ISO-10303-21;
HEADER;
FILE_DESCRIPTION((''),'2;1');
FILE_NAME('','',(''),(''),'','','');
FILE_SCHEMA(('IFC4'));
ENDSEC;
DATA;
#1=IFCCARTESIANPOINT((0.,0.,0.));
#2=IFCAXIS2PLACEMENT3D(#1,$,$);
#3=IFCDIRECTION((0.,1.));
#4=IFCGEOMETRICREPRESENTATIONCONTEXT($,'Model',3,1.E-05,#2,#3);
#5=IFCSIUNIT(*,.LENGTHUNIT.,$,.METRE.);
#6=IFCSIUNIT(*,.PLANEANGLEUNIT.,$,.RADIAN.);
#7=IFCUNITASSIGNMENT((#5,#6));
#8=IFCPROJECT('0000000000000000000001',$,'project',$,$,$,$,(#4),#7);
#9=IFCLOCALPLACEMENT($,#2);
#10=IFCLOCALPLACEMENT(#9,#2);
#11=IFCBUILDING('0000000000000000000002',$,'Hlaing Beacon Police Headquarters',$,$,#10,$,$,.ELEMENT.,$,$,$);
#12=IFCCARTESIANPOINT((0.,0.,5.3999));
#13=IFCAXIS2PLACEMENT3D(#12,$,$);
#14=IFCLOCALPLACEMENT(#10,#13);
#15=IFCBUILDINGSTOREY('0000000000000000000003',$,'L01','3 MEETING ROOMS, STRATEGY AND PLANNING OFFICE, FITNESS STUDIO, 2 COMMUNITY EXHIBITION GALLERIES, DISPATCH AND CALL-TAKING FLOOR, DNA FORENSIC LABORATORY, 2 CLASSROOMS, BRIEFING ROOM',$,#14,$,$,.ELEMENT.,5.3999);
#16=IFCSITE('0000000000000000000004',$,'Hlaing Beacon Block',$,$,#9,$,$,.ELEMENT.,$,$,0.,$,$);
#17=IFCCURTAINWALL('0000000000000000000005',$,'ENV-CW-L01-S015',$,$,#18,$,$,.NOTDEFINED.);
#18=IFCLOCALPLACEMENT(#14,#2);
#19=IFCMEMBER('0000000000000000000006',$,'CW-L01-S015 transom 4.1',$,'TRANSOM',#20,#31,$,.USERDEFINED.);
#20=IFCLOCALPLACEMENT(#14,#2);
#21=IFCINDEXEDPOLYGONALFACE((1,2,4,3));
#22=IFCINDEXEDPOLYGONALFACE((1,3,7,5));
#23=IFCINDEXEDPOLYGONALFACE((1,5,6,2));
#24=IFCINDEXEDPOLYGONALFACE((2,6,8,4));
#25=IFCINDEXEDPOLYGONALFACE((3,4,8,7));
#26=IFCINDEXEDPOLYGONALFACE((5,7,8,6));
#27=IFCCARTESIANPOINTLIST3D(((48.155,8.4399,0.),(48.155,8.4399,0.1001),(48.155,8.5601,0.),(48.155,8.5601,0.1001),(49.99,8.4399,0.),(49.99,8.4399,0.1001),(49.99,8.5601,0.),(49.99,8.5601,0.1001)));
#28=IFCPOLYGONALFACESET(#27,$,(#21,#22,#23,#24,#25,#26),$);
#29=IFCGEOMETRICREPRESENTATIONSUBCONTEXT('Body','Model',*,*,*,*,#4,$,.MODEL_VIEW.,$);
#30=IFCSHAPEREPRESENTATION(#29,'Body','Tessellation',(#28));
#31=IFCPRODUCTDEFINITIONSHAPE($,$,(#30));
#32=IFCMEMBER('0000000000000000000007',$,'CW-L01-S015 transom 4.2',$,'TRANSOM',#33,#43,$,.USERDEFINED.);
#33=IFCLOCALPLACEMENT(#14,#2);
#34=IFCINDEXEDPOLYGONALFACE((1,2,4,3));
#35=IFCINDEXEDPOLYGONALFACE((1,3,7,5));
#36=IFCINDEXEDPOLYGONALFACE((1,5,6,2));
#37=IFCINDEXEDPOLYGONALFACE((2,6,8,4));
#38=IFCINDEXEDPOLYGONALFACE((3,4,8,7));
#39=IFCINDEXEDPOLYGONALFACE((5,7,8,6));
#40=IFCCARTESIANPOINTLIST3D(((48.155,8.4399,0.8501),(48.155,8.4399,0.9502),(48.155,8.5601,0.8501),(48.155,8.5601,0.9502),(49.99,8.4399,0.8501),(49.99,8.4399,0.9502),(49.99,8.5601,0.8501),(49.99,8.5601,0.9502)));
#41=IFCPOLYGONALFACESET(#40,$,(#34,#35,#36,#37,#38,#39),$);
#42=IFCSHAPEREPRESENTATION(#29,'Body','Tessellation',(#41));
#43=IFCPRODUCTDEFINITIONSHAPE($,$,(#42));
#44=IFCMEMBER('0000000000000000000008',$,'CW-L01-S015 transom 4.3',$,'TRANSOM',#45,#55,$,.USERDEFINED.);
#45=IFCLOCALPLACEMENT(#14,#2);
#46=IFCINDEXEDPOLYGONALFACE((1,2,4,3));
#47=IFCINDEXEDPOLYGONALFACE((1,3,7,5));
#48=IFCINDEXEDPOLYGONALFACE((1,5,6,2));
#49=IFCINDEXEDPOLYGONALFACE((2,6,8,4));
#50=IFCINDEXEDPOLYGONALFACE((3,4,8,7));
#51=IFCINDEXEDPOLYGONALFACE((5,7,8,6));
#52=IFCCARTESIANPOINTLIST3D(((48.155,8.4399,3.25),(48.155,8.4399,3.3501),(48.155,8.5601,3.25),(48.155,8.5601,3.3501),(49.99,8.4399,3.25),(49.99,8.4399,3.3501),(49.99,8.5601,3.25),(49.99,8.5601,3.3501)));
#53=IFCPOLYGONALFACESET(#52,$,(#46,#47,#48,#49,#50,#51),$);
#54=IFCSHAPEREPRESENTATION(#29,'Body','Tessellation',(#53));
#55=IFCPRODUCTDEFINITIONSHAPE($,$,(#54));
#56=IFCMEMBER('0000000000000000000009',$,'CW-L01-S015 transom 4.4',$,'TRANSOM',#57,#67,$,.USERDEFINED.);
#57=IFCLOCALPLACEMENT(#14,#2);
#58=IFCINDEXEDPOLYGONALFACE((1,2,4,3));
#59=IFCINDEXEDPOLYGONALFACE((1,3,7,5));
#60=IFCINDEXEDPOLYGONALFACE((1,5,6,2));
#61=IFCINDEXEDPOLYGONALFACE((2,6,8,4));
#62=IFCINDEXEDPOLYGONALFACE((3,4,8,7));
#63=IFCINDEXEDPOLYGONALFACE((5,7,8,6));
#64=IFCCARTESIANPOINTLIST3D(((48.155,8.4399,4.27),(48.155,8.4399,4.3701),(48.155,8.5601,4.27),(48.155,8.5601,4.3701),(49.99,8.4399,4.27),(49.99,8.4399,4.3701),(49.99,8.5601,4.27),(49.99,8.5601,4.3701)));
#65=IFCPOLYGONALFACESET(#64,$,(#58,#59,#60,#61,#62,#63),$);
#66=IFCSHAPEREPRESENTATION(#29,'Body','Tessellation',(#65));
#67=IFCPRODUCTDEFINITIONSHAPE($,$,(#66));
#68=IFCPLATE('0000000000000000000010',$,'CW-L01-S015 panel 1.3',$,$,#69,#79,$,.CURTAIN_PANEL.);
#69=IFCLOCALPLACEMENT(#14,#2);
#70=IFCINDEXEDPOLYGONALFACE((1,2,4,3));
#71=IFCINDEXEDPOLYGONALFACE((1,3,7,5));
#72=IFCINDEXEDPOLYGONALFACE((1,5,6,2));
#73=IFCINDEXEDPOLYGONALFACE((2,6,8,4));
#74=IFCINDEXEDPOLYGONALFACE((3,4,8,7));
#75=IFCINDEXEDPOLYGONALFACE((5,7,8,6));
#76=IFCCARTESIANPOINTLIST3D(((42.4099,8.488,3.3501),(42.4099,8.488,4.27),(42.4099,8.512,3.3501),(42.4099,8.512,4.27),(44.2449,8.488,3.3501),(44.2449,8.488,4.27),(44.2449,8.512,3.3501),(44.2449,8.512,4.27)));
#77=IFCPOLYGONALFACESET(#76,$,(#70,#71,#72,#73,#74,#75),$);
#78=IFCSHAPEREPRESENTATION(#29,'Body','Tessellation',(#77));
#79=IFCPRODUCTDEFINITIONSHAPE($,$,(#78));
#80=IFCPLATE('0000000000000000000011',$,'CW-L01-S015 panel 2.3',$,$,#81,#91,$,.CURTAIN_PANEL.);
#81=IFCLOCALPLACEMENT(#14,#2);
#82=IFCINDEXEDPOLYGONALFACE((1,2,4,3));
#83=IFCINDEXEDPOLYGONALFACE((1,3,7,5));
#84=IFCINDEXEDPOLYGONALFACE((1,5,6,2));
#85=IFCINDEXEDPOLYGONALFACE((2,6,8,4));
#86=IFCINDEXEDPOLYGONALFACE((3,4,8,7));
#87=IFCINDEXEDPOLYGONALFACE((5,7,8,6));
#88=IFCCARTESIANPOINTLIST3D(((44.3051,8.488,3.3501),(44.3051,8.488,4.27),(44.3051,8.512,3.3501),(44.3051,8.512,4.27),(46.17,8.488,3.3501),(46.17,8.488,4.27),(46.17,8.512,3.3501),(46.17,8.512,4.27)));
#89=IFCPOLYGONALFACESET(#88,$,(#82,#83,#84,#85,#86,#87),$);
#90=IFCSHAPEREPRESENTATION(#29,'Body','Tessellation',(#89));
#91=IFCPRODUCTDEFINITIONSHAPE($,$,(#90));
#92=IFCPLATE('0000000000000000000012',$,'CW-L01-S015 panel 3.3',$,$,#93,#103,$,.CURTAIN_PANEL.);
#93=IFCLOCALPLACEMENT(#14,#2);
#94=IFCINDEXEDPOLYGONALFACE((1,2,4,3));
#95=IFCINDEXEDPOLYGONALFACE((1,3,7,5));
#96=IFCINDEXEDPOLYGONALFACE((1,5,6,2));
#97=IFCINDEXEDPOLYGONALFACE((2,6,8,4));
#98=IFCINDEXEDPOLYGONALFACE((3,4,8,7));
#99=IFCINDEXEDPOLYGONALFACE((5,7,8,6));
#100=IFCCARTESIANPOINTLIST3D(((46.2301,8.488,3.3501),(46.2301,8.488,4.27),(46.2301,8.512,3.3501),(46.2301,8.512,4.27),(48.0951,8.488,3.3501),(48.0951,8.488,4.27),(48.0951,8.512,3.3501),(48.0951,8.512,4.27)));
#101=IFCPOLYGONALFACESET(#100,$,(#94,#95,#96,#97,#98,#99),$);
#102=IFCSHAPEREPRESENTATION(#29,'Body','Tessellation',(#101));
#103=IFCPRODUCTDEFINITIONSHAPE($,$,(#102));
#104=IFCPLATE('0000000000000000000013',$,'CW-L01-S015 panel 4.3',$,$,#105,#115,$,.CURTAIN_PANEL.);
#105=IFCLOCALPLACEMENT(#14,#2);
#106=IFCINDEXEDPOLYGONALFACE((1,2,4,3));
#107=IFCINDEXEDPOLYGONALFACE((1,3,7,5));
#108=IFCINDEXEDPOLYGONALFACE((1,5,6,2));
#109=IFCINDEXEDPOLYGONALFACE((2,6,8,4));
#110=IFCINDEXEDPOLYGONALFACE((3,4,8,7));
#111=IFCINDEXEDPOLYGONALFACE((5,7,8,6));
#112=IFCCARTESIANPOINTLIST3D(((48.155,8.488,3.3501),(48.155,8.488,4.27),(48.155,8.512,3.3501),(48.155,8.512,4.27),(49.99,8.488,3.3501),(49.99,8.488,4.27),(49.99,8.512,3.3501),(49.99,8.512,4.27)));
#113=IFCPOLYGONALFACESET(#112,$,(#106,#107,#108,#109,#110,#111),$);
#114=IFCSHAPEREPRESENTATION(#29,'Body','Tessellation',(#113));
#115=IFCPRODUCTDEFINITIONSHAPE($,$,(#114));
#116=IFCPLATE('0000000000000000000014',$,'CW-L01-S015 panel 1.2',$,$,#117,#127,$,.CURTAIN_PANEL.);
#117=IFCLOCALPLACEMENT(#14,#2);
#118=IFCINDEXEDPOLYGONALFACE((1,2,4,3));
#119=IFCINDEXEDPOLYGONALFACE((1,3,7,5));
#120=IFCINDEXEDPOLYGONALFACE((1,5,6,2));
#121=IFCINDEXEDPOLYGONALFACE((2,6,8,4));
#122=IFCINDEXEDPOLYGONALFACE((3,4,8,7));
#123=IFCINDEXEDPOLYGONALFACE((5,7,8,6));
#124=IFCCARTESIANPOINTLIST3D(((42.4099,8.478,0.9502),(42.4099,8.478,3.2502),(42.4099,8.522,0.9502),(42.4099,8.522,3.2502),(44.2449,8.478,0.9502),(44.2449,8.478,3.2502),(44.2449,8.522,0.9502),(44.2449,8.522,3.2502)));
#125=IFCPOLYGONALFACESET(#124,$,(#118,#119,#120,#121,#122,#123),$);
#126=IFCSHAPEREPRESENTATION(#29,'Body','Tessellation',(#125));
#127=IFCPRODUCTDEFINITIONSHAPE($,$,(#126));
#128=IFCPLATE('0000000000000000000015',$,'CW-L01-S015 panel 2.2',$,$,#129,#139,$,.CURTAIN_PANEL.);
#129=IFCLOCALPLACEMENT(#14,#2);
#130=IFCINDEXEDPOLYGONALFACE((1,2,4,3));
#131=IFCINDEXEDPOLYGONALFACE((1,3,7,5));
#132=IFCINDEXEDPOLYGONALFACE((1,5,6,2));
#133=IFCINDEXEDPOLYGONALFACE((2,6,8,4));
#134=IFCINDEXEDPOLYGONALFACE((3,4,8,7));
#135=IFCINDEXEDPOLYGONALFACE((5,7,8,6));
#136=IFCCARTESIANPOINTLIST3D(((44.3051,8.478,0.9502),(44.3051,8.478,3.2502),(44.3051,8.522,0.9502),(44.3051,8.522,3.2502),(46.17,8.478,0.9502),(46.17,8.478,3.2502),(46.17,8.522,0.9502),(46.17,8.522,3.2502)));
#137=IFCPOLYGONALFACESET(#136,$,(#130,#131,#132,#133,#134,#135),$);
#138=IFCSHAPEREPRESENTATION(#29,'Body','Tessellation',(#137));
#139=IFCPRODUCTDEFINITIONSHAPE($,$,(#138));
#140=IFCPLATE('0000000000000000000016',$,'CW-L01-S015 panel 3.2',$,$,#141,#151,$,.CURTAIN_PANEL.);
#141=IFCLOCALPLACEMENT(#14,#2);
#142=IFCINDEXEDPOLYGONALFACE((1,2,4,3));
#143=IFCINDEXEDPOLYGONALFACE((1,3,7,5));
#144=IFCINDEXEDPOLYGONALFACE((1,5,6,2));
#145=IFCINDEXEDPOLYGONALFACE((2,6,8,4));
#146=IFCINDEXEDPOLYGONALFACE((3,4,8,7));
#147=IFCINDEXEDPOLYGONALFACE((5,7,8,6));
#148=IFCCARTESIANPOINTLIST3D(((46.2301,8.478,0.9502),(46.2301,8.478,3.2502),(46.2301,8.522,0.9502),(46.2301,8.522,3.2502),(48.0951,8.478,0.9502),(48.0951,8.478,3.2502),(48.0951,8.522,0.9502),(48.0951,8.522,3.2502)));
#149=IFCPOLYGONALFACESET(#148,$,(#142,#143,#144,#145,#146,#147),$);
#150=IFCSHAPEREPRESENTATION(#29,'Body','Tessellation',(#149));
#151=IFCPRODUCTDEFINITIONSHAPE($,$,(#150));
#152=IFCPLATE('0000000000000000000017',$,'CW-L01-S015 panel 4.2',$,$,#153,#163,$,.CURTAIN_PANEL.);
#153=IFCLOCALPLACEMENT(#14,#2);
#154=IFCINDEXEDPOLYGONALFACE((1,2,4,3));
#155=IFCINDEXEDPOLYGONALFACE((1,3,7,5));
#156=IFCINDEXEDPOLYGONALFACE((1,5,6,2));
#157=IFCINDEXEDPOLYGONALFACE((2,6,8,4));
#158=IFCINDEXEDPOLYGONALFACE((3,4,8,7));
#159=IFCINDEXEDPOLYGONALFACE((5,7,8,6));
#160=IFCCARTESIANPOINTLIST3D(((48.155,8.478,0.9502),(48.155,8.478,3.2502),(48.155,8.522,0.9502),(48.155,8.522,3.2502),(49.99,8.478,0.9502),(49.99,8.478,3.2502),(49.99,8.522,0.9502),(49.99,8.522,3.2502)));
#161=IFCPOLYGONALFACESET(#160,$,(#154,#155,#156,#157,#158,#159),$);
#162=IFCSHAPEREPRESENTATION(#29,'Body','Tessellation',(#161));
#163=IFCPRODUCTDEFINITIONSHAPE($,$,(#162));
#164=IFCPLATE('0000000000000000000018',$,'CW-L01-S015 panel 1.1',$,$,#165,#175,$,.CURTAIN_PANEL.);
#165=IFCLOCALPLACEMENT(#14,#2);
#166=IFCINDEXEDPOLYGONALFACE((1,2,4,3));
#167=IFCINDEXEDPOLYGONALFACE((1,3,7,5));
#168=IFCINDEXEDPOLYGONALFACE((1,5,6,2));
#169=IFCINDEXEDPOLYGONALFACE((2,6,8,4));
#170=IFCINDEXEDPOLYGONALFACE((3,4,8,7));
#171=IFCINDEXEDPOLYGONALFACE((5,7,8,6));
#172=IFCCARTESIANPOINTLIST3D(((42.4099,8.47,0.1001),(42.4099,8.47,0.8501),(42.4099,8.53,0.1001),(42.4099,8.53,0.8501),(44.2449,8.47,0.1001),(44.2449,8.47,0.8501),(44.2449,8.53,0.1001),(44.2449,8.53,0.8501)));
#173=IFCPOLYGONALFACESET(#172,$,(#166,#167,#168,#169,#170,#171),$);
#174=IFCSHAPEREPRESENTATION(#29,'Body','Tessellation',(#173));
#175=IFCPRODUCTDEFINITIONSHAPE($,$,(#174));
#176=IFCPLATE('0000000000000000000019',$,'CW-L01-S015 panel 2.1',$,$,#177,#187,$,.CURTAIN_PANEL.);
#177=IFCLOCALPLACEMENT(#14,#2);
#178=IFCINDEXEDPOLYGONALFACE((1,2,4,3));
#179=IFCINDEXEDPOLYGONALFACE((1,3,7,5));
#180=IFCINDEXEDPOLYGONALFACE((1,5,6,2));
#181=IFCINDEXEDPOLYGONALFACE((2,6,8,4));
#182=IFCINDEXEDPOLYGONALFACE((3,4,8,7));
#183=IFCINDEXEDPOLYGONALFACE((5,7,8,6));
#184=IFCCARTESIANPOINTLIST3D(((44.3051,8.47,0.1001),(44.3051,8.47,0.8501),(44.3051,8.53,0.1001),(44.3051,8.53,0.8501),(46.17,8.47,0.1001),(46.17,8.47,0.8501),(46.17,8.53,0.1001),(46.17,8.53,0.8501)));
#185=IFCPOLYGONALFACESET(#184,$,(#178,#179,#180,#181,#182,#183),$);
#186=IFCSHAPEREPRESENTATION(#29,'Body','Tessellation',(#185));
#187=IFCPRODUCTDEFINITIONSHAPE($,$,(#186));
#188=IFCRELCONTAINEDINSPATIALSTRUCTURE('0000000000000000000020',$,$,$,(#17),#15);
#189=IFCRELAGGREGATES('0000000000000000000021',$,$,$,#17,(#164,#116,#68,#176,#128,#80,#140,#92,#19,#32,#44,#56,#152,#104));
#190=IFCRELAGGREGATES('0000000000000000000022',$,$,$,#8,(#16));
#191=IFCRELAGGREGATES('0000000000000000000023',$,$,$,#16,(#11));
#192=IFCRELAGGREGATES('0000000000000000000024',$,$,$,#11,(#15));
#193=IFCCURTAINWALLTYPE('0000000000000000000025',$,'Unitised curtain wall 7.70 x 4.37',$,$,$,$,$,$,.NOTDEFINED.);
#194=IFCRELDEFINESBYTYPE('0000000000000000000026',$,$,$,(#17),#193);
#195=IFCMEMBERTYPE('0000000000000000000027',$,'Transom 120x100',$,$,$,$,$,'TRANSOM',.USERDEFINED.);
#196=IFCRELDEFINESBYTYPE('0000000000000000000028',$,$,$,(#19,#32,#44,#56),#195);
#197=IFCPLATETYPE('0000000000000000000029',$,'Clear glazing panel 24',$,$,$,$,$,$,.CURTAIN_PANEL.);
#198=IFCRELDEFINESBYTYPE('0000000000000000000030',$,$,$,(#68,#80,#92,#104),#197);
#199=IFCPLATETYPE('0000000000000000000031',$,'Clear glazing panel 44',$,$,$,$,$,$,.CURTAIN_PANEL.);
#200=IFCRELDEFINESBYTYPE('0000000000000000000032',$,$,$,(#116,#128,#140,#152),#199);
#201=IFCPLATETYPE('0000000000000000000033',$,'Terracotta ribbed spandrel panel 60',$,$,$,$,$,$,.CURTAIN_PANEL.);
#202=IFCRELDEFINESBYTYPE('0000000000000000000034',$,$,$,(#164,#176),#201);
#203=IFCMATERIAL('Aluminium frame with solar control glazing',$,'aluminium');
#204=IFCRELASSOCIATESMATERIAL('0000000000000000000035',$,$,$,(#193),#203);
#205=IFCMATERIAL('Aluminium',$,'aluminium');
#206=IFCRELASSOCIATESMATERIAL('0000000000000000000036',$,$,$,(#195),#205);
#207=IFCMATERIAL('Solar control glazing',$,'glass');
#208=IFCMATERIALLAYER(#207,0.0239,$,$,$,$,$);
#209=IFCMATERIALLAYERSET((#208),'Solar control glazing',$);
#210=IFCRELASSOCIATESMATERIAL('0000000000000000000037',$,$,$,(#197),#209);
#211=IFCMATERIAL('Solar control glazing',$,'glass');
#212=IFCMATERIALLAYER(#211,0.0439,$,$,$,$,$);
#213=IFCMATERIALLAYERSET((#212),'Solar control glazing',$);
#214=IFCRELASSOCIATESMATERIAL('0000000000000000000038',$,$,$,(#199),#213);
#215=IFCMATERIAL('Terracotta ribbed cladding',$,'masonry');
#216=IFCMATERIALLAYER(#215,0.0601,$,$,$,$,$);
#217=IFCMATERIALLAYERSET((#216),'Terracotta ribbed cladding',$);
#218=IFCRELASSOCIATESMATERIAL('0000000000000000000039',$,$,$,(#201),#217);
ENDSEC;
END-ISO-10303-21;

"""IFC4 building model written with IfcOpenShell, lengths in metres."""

from ifc_helpers import new_model, si_unit, direction, frame, origin, origin_2d, place, context, subcontext, project, spatial, rectangle, extrude, material, layer, layer_set, material_profile, profile_set, type_object, element, aggregate, save


model = new_model("IFC4")

# Units and contexts
model_context = context("Model", 3, precision=1e-05, world=origin(), true_north=direction((0.0, 1.0)))
body_context = subcontext(model_context, "Body", "Model", "MODEL_VIEW")
ifc_project = project(units=[si_unit("LENGTHUNIT", "METRE"), si_unit("PLANEANGLEUNIT", "RADIAN")], contexts=[model_context])

# Site, building, storey
site_placement = place(None, origin())
site = spatial("IfcSite", under=ifc_project, at=site_placement, Name="Hlaing Beacon Block", CompositionType="ELEMENT", RefElevation=0.0)
building_placement = place(site_placement, origin())
building = spatial("IfcBuilding", under=site, at=building_placement, Name="Hlaing Beacon Police Headquarters", CompositionType="ELEMENT")
storey_placement = place(building_placement, frame((0.0, 0.0, 5.3999)))
storey = spatial("IfcBuildingStorey", under=building, at=storey_placement, Name="L01", Description="3 MEETING ROOMS, STRATEGY AND PLANNING OFFICE, FITNESS STUDIO, 2 COMMUNITY EXHIBITION GALLERIES, DISPATCH AND CALL-TAKING FLOOR, DNA FORENSIC LABORATORY, 2 CLASSROOMS, BRIEFING ROOM", CompositionType="ELEMENT", Elevation=5.3999)

# Curtain wall, members, plates
ifc_material_1 = material(Name="Aluminium frame with solar control glazing", Category="aluminium")
curtain_wall_type = type_object("IfcCurtainWallType", Name="Unitised curtain wall 7.70 x 4.37", PredefinedType="NOTDEFINED", material=ifc_material_1)
curtain_wall_placement = place(storey_placement, origin())
curtain_wall = element("IfcCurtainWall", 1, at=curtain_wall_placement, inside=storey, type_object=curtain_wall_type, Name="ENV-CW-L01-S015", PredefinedType="NOTDEFINED")
ifc_material_2 = material(Name="Aluminium", Category="aluminium")
ifc_material_profile_1 = material_profile(ifc_material_2, rectangle(XDim=0.1201, YDim=0.1001, at=origin_2d()), Name="Transom 120x100")
ifc_profile_set_1 = profile_set([ifc_material_profile_1], Name="Aluminium")
member_type_1 = type_object("IfcMemberType", Name="Transom 120x100", ElementType="TRANSOM", PredefinedType="USERDEFINED", material=ifc_profile_set_1)
member_1_placement = place(storey_placement, frame((48.155, 8.5, 0.05), z_axis=(1.0, 0.0, 0.0), x_axis=(0.0, 1.0, 0.0)))
member_1 = element("IfcMember", 2, at=member_1_placement, type_object=member_type_1, Name="CW-L01-S015 transom 4.1", ObjectType="TRANSOM", PredefinedType="USERDEFINED", context=body_context, shape_type="SweptSolid", body=[
    extrude(rectangle(XDim=0.1201, YDim=0.1001, at=origin_2d()), origin(), (0.0, 0.0, 1.0), 1.835),
])
member_2_placement = place(storey_placement, frame((48.155, 8.5, 0.9001), z_axis=(1.0, 0.0, 0.0), x_axis=(0.0, 1.0, 0.0)))
member_2 = element("IfcMember", 3, at=member_2_placement, type_object=member_type_1, Name="CW-L01-S015 transom 4.2", ObjectType="TRANSOM", PredefinedType="USERDEFINED", context=body_context, shape_type="SweptSolid", body=[
    extrude(rectangle(XDim=0.1201, YDim=0.1001, at=origin_2d()), origin(), (0.0, 0.0, 1.0), 1.835),
])
member_3_placement = place(storey_placement, frame((48.155, 8.5, 3.3), z_axis=(1.0, 0.0, 0.0), x_axis=(0.0, 1.0, 0.0)))
member_3 = element("IfcMember", 4, at=member_3_placement, type_object=member_type_1, Name="CW-L01-S015 transom 4.3", ObjectType="TRANSOM", PredefinedType="USERDEFINED", context=body_context, shape_type="SweptSolid", body=[
    extrude(rectangle(XDim=0.1201, YDim=0.1001, at=origin_2d()), origin(), (0.0, 0.0, 1.0), 1.835),
])
member_4_placement = place(storey_placement, frame((48.155, 8.5, 4.3201), z_axis=(1.0, 0.0, 0.0), x_axis=(0.0, 1.0, 0.0)))
member_4 = element("IfcMember", 5, at=member_4_placement, type_object=member_type_1, Name="CW-L01-S015 transom 4.4", ObjectType="TRANSOM", PredefinedType="USERDEFINED", context=body_context, shape_type="SweptSolid", body=[
    extrude(rectangle(XDim=0.1201, YDim=0.1001, at=origin_2d()), origin(), (0.0, 0.0, 1.0), 1.835),
])
ifc_material_3 = material(Name="Solar control glazing", Category="glass")
ifc_layer_1 = layer(ifc_material_3, 0.0239)
ifc_layer_set_1 = layer_set([ifc_layer_1], Name="Solar control glazing")
plate_type_1 = type_object("IfcPlateType", Name="Clear glazing panel 24", PredefinedType="CURTAIN_PANEL", material=ifc_layer_set_1)
plate_1_placement = place(storey_placement, frame((43.3274, 8.5, 3.3501), z_axis=(0.0, 0.0, 1.0), x_axis=(1.0, 0.0, 0.0)))
plate_1 = element("IfcPlate", 6, at=plate_1_placement, type_object=plate_type_1, Name="CW-L01-S015 panel 1.3", PredefinedType="CURTAIN_PANEL", context=body_context, shape_type="SweptSolid", body=[
    extrude(rectangle(XDim=1.835, YDim=0.0239, at=origin_2d()), origin(), (0.0, 0.0, 1.0), 0.9199),
])
plate_2_placement = place(storey_placement, frame((45.2375, 8.5, 3.3501), z_axis=(0.0, 0.0, 1.0), x_axis=(1.0, 0.0, 0.0)))
plate_2 = element("IfcPlate", 7, at=plate_2_placement, type_object=plate_type_1, Name="CW-L01-S015 panel 2.3", PredefinedType="CURTAIN_PANEL", context=body_context, shape_type="SweptSolid", body=[
    extrude(rectangle(XDim=1.865, YDim=0.0239, at=origin_2d()), origin(), (0.0, 0.0, 1.0), 0.9199),
])
plate_3_placement = place(storey_placement, frame((47.1626, 8.5, 3.3501), z_axis=(0.0, 0.0, 1.0), x_axis=(1.0, 0.0, 0.0)))
plate_3 = element("IfcPlate", 8, at=plate_3_placement, type_object=plate_type_1, Name="CW-L01-S015 panel 3.3", PredefinedType="CURTAIN_PANEL", context=body_context, shape_type="SweptSolid", body=[
    extrude(rectangle(XDim=1.865, YDim=0.0239, at=origin_2d()), origin(), (0.0, 0.0, 1.0), 0.9199),
])
plate_4_placement = place(storey_placement, frame((49.0725, 8.5, 3.3501), z_axis=(0.0, 0.0, 1.0), x_axis=(1.0, 0.0, 0.0)))
plate_4 = element("IfcPlate", 9, at=plate_4_placement, type_object=plate_type_1, Name="CW-L01-S015 panel 4.3", PredefinedType="CURTAIN_PANEL", context=body_context, shape_type="SweptSolid", body=[
    extrude(rectangle(XDim=1.835, YDim=0.0239, at=origin_2d()), origin(), (0.0, 0.0, 1.0), 0.9199),
])
ifc_material_4 = material(Name="Solar control glazing", Category="glass")
ifc_layer_2 = layer(ifc_material_4, 0.0439)
ifc_layer_set_2 = layer_set([ifc_layer_2], Name="Solar control glazing")
plate_type_2 = type_object("IfcPlateType", Name="Clear glazing panel 44", PredefinedType="CURTAIN_PANEL", material=ifc_layer_set_2)
plate_5_placement = place(storey_placement, frame((43.3274, 8.5, 0.9502), z_axis=(0.0, 0.0, 1.0), x_axis=(1.0, 0.0, 0.0)))
plate_5 = element("IfcPlate", 10, at=plate_5_placement, type_object=plate_type_2, Name="CW-L01-S015 panel 1.2", PredefinedType="CURTAIN_PANEL", context=body_context, shape_type="SweptSolid", body=[
    extrude(rectangle(XDim=1.835, YDim=0.0439, at=origin_2d()), origin(), (0.0, 0.0, 1.0), 2.3),
])
plate_6_placement = place(storey_placement, frame((45.2375, 8.5, 0.9502), z_axis=(0.0, 0.0, 1.0), x_axis=(1.0, 0.0, 0.0)))
plate_6 = element("IfcPlate", 11, at=plate_6_placement, type_object=plate_type_2, Name="CW-L01-S015 panel 2.2", PredefinedType="CURTAIN_PANEL", context=body_context, shape_type="SweptSolid", body=[
    extrude(rectangle(XDim=1.865, YDim=0.0439, at=origin_2d()), origin(), (0.0, 0.0, 1.0), 2.3),
])
plate_7_placement = place(storey_placement, frame((47.1626, 8.5, 0.9502), z_axis=(0.0, 0.0, 1.0), x_axis=(1.0, 0.0, 0.0)))
plate_7 = element("IfcPlate", 12, at=plate_7_placement, type_object=plate_type_2, Name="CW-L01-S015 panel 3.2", PredefinedType="CURTAIN_PANEL", context=body_context, shape_type="SweptSolid", body=[
    extrude(rectangle(XDim=1.865, YDim=0.0439, at=origin_2d()), origin(), (0.0, 0.0, 1.0), 2.3),
])
plate_8_placement = place(storey_placement, frame((49.0725, 8.5, 0.9502), z_axis=(0.0, 0.0, 1.0), x_axis=(1.0, 0.0, 0.0)))
plate_8 = element("IfcPlate", 13, at=plate_8_placement, type_object=plate_type_2, Name="CW-L01-S015 panel 4.2", PredefinedType="CURTAIN_PANEL", context=body_context, shape_type="SweptSolid", body=[
    extrude(rectangle(XDim=1.835, YDim=0.0439, at=origin_2d()), origin(), (0.0, 0.0, 1.0), 2.3),
])
ifc_material_5 = material(Name="Terracotta ribbed cladding", Category="masonry")
ifc_layer_3 = layer(ifc_material_5, 0.0601)
ifc_layer_set_3 = layer_set([ifc_layer_3], Name="Terracotta ribbed cladding")
plate_type_3 = type_object("IfcPlateType", Name="Terracotta ribbed spandrel panel 60", PredefinedType="CURTAIN_PANEL", material=ifc_layer_set_3)
plate_9_placement = place(storey_placement, frame((43.3274, 8.5, 0.1001), z_axis=(0.0, 0.0, 1.0), x_axis=(1.0, 0.0, 0.0)))
plate_9 = element("IfcPlate", 14, at=plate_9_placement, type_object=plate_type_3, Name="CW-L01-S015 panel 1.1", PredefinedType="CURTAIN_PANEL", context=body_context, shape_type="SweptSolid", body=[
    extrude(rectangle(XDim=1.835, YDim=0.0601, at=origin_2d()), origin(), (0.0, 0.0, 1.0), 0.75),
])
plate_10_placement = place(storey_placement, frame((45.2375, 8.5, 0.1001), z_axis=(0.0, 0.0, 1.0), x_axis=(1.0, 0.0, 0.0)))
plate_10 = element("IfcPlate", 15, at=plate_10_placement, type_object=plate_type_3, Name="CW-L01-S015 panel 2.1", PredefinedType="CURTAIN_PANEL", context=body_context, shape_type="SweptSolid", body=[
    extrude(rectangle(XDim=1.865, YDim=0.0601, at=origin_2d()), origin(), (0.0, 0.0, 1.0), 0.75),
])
aggregate(curtain_wall, [plate_9, plate_5, plate_1, plate_10, plate_6, plate_2, plate_7, plate_3, member_1, member_2, member_3, member_4, plate_8, plate_4])

save(model, "model.ifc")
